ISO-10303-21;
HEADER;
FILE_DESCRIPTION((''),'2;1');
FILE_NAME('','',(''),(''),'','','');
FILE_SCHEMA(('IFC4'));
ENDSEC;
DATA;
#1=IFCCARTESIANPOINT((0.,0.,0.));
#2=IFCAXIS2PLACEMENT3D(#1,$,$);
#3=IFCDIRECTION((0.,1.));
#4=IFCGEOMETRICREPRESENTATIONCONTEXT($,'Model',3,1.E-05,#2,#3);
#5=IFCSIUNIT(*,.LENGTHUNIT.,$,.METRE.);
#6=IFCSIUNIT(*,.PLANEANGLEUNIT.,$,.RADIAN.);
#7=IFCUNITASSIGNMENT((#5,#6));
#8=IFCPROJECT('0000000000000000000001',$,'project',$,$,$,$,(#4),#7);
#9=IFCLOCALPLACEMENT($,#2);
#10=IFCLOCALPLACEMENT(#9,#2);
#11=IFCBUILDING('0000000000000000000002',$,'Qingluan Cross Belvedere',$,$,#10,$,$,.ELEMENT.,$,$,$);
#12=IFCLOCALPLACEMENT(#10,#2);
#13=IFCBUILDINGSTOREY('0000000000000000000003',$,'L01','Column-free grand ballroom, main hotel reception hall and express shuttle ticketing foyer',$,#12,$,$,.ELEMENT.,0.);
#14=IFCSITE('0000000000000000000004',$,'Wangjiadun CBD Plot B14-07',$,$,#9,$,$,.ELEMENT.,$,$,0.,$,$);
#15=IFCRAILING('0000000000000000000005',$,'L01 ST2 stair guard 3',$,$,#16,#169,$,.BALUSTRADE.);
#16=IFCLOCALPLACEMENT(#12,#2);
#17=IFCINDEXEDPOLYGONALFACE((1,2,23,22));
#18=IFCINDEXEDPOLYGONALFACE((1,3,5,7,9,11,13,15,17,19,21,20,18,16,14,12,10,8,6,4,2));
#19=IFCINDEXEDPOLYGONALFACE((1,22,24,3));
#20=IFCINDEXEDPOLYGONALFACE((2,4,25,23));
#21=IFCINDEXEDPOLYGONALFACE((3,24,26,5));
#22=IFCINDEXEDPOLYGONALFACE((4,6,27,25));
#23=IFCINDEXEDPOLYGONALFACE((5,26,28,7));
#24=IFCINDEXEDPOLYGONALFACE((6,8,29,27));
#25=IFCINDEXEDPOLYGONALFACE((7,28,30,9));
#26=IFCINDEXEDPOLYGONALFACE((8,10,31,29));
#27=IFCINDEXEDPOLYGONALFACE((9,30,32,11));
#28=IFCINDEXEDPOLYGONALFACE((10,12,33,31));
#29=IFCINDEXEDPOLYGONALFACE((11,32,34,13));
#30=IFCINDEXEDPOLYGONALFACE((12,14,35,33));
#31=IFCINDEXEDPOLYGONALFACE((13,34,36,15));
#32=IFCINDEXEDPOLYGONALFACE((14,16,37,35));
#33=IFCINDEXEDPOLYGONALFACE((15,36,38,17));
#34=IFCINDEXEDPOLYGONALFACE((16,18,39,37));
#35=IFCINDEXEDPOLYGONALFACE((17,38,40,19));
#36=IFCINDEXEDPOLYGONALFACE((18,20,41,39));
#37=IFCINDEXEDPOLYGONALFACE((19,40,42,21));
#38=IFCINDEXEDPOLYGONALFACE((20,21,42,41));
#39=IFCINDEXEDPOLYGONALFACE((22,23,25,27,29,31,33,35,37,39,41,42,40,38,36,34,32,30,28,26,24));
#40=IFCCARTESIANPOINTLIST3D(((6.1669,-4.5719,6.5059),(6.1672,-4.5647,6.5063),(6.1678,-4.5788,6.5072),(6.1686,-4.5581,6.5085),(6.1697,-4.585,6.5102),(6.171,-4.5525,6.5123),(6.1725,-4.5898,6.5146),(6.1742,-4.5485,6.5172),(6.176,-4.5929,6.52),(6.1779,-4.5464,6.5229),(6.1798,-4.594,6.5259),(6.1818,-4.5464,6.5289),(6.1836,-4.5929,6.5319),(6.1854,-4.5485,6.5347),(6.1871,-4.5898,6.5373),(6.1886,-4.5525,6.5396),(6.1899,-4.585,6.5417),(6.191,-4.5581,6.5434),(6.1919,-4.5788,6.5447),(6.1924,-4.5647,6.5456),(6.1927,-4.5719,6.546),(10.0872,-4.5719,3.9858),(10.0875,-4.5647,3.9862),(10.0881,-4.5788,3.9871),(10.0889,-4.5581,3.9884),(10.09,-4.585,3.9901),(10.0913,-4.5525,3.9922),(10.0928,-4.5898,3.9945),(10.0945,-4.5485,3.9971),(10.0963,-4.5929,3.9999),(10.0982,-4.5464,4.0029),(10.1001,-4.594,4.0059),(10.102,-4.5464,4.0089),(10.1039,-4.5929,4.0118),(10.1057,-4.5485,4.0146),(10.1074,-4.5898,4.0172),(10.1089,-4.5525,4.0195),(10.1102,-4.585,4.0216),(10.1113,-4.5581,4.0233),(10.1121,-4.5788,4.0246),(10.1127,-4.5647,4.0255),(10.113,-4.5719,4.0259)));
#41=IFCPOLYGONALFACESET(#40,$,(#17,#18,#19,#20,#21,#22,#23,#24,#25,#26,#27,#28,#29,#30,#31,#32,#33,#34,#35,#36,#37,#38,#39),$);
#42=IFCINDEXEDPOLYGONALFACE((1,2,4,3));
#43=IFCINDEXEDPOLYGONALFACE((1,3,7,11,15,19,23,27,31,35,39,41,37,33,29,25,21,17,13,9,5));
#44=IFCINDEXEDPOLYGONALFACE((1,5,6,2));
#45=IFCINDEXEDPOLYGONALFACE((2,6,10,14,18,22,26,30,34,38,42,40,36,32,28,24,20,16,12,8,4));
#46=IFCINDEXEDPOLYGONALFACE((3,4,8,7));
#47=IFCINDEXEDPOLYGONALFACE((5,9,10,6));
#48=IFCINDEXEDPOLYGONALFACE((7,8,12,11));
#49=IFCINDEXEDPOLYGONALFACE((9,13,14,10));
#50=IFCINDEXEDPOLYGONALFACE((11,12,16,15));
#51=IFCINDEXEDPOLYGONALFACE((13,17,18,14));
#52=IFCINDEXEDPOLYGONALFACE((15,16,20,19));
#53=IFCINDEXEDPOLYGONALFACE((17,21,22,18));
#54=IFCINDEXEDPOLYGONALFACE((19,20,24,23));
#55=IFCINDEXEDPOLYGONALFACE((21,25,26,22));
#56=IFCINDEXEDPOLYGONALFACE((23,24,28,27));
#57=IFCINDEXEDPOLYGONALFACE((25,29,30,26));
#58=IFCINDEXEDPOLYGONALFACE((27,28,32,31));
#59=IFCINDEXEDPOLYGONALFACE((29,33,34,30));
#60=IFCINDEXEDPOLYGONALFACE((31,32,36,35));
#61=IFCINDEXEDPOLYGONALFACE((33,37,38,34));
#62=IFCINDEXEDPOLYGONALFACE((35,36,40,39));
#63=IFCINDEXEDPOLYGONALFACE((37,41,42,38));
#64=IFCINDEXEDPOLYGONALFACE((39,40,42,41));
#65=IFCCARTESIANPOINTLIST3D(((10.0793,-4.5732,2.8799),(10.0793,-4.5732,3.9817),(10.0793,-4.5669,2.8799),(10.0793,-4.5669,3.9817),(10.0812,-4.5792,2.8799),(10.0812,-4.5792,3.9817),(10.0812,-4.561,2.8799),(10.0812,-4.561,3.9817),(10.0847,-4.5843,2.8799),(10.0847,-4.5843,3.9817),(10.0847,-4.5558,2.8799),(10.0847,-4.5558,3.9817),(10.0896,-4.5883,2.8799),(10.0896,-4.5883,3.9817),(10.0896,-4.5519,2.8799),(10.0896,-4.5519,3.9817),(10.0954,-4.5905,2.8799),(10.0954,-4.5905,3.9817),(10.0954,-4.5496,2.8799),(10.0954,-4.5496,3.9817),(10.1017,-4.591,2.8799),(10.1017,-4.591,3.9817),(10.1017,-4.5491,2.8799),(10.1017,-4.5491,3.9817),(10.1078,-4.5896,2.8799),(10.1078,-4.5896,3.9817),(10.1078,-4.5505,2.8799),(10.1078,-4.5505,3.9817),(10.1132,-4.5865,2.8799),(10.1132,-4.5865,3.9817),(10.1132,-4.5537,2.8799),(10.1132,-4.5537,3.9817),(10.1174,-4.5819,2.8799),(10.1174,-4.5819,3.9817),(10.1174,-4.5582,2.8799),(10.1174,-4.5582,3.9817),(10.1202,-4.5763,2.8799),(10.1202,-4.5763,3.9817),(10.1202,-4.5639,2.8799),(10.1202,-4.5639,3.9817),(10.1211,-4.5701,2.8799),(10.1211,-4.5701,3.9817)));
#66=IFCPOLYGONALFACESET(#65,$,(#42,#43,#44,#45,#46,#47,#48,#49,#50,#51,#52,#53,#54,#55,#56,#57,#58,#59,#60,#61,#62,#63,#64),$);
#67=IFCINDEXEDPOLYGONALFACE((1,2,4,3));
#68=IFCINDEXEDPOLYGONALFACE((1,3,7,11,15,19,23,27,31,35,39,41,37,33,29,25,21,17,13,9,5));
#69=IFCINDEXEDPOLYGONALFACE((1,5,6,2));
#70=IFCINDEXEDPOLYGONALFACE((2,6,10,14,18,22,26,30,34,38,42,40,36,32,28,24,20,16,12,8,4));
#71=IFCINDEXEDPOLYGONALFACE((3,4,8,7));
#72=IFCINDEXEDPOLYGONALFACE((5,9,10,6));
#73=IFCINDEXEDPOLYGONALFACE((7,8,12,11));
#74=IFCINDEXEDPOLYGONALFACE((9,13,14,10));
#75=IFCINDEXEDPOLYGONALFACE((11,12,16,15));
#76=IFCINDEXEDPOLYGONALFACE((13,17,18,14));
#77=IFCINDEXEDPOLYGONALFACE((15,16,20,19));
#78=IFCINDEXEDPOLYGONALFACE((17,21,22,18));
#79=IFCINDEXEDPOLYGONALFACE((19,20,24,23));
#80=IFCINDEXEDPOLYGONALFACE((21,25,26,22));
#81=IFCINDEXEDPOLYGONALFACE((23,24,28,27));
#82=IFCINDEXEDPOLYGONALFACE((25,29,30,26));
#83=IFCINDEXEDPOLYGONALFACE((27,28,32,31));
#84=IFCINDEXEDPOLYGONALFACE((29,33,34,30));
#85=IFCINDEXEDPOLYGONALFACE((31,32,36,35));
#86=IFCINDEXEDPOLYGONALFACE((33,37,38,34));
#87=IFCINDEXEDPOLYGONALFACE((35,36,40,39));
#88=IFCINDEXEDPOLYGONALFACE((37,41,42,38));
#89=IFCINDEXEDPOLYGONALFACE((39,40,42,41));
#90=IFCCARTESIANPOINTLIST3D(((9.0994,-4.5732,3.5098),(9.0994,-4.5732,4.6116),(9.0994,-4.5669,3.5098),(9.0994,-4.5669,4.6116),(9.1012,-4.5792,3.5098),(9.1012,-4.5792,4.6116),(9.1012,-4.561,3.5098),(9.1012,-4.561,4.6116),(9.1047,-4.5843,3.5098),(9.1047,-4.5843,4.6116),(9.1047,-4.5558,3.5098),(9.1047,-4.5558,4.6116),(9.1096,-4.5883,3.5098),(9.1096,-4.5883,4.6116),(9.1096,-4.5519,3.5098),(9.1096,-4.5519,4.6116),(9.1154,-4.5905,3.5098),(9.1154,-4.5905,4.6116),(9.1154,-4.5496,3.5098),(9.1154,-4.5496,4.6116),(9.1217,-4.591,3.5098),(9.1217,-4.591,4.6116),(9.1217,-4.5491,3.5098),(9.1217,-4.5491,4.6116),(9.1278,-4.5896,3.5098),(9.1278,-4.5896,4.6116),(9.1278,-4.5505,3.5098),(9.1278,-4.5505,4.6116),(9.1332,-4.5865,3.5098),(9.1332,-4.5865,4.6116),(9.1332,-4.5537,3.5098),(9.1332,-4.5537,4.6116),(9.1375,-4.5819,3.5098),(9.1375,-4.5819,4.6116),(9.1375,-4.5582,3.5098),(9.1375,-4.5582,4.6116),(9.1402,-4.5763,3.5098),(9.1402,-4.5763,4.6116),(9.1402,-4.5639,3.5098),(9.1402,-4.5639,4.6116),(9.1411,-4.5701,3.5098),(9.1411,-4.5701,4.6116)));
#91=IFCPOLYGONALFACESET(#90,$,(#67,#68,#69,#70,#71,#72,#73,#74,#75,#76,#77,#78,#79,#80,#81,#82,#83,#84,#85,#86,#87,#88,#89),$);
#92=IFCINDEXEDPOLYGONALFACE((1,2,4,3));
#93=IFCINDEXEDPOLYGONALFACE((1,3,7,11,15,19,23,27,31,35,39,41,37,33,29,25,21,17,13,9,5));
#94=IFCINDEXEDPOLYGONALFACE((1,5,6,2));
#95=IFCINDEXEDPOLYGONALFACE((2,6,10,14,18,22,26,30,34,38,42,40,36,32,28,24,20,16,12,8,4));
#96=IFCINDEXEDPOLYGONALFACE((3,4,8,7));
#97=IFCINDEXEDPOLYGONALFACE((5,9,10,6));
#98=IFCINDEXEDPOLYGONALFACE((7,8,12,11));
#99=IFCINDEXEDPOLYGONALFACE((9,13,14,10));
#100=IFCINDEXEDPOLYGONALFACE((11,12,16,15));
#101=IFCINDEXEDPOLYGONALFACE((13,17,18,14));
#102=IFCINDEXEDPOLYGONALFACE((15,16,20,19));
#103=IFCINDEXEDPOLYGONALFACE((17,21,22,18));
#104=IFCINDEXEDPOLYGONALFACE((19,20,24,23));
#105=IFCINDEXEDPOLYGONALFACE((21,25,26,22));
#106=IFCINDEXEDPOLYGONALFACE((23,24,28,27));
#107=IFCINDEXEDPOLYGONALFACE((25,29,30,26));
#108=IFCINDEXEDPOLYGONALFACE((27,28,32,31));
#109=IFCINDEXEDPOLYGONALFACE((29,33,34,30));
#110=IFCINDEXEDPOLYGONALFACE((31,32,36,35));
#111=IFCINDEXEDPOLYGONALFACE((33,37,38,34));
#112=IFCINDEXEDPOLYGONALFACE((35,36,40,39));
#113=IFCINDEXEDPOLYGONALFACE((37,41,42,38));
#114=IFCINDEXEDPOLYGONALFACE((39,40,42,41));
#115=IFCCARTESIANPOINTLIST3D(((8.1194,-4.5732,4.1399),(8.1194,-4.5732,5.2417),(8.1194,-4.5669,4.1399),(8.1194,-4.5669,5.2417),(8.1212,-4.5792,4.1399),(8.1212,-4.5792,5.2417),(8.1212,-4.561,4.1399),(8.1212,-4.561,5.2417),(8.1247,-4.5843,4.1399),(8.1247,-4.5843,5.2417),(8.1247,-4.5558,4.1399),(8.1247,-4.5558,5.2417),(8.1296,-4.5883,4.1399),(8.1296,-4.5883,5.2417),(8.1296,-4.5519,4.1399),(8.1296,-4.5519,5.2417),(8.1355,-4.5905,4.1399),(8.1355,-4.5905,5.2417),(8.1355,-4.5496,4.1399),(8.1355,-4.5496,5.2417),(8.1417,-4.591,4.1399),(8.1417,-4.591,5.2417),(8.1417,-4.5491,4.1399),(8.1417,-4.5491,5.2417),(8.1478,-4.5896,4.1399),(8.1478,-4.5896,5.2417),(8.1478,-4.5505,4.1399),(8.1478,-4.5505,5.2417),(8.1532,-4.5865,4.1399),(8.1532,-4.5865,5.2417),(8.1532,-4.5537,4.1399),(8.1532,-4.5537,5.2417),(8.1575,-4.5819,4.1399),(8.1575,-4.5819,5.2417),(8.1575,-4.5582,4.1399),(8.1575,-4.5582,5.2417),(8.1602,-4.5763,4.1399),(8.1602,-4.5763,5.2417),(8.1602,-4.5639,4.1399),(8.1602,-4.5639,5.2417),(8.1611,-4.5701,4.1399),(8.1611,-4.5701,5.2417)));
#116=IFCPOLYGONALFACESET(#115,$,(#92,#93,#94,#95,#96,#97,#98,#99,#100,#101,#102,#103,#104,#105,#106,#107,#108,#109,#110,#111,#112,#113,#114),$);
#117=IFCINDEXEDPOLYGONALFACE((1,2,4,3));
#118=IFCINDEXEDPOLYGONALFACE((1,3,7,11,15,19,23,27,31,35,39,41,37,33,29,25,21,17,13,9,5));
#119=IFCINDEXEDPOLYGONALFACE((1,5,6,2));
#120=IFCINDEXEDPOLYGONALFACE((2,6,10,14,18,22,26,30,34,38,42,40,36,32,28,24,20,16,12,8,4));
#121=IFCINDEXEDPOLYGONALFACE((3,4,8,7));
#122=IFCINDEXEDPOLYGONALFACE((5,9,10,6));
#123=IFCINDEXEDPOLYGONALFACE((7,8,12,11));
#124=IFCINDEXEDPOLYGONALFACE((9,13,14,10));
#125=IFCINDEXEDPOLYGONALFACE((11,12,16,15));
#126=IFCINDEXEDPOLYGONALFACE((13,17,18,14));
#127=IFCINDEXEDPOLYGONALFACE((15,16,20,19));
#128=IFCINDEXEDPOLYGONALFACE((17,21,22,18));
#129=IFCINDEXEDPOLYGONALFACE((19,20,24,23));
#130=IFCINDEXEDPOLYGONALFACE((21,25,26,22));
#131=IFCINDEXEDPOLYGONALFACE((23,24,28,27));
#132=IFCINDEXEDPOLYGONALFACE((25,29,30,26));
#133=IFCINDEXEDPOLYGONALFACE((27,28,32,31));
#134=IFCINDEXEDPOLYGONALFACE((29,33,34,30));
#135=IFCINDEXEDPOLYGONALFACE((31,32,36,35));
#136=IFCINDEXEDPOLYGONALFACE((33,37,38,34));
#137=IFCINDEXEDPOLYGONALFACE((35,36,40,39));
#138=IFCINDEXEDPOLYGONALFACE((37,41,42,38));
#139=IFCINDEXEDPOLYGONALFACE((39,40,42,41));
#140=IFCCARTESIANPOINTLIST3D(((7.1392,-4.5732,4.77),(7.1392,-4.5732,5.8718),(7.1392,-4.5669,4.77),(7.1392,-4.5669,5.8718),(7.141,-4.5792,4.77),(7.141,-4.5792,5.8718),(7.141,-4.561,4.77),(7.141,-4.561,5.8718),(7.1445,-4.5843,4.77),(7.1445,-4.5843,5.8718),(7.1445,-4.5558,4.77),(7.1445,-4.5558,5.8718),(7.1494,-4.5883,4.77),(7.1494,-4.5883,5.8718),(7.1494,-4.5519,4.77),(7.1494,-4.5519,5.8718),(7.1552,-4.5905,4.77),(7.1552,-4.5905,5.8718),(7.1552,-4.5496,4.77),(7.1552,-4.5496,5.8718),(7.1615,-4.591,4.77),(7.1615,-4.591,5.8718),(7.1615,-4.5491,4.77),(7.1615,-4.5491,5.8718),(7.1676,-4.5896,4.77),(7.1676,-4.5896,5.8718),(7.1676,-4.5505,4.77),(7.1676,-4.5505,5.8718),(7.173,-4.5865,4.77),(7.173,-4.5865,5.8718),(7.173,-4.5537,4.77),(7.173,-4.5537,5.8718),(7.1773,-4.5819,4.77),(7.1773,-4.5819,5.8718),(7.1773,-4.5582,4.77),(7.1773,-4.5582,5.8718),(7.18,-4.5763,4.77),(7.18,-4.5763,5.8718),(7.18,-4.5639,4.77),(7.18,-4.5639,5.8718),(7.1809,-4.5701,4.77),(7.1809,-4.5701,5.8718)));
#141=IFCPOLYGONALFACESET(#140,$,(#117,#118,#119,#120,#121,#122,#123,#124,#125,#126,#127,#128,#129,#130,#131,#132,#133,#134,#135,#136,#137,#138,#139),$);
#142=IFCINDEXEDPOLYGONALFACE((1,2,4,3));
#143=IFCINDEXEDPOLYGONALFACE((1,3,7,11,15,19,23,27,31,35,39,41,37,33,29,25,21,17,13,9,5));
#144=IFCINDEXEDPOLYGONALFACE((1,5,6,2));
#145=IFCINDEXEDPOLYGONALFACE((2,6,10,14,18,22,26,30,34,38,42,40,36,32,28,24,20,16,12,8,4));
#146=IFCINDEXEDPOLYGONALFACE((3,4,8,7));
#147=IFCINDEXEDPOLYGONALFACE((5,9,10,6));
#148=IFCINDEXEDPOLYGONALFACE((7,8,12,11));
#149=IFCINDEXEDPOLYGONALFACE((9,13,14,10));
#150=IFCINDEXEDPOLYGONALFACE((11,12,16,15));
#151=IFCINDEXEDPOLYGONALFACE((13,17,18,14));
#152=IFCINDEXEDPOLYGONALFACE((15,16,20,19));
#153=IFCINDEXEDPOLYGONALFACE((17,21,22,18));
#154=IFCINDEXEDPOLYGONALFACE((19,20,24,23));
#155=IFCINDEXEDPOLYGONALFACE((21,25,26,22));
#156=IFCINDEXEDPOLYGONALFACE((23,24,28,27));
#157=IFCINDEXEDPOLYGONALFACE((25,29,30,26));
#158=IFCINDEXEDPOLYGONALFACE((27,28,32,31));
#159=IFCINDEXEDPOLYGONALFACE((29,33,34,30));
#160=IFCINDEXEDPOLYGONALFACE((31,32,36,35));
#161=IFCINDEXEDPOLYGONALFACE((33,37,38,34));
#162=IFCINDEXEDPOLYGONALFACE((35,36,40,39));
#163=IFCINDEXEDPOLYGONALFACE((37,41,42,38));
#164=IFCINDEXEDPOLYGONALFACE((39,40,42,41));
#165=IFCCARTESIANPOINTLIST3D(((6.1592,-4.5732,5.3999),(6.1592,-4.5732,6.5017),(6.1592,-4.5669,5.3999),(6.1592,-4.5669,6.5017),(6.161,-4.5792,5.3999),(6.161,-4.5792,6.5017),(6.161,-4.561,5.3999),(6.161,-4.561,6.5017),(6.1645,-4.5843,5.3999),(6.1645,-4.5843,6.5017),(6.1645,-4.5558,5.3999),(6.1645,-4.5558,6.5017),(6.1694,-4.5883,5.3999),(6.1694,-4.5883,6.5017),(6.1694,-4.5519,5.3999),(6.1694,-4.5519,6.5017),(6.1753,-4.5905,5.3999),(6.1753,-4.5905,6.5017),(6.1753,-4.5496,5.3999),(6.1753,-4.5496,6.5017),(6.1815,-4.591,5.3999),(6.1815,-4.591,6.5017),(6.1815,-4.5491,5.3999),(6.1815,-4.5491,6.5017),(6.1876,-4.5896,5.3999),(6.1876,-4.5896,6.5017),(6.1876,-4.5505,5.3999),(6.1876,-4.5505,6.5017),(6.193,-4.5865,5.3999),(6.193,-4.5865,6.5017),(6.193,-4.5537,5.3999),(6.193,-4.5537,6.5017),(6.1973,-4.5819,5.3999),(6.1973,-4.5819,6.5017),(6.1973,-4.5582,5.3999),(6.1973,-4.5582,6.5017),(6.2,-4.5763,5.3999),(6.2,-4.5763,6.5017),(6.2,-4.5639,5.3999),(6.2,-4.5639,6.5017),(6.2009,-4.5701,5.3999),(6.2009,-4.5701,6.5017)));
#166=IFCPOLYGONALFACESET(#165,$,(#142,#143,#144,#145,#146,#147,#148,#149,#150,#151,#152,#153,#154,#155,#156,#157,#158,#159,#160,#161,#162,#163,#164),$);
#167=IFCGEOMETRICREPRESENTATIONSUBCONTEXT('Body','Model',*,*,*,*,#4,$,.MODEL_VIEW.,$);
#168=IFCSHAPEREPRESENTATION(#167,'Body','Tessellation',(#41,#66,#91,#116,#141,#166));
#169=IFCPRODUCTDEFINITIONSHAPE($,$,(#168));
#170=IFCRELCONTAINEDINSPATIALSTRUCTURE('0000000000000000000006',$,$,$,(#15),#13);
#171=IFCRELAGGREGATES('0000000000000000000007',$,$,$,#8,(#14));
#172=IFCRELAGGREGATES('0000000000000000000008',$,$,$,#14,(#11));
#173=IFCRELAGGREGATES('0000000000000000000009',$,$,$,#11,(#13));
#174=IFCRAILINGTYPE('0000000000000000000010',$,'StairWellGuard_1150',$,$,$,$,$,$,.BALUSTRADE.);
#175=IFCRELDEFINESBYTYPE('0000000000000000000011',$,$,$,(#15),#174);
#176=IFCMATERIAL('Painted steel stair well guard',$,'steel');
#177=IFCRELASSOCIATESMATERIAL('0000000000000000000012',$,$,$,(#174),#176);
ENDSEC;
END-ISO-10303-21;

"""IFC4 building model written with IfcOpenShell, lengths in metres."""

from ifc_helpers import new_model, si_unit, direction, frame, origin, origin_2d, place, context, subcontext, project, spatial, circle, extrude, material, type_object, element, save


model = new_model("IFC4")

# Units and contexts
model_context = context("Model", 3, precision=1e-05, world=origin(), true_north=direction((0.0, 1.0)))
body_context = subcontext(model_context, "Body", "Model", "MODEL_VIEW")
ifc_project = project(units=[si_unit("LENGTHUNIT", "METRE"), si_unit("PLANEANGLEUNIT", "RADIAN")], contexts=[model_context])

# Site, building, storey
site_placement = place(None, origin())
site = spatial("IfcSite", under=ifc_project, at=site_placement, Name="Wangjiadun CBD Plot B14-07", CompositionType="ELEMENT", RefElevation=0.0)
building_placement = place(site_placement, origin())
building = spatial("IfcBuilding", under=site, at=building_placement, Name="Qingluan Cross Belvedere", CompositionType="ELEMENT")
storey_placement = place(building_placement, origin())
storey = spatial("IfcBuildingStorey", under=building, at=storey_placement, Name="L01", Description="Column-free grand ballroom, main hotel reception hall and express shuttle ticketing foyer", CompositionType="ELEMENT", Elevation=0.0)

# Railing
ifc_material_1 = material(Name="Painted steel stair well guard", Category="steel")
railing_type_1 = type_object("IfcRailingType", Name="StairWellGuard_1150", PredefinedType="BALUSTRADE", material=ifc_material_1)
railing_1_placement = place(storey_placement, frame((10.1001, -4.5701, 2.8799)))
element("IfcRailing", 1, at=railing_1_placement, inside=storey, type_object=railing_type_1, Name="L01 ST2 stair guard 3", PredefinedType="BALUSTRADE", context=body_context, shape_type="SweptSolid", body=[
    extrude(circle(Radius=0.0239, at=origin_2d()), frame((0.0, 0.0, 1.126), z_axis=(-0.841187, 0.0, 0.540744), x_axis=(0.0, -1.0, 0.0)), (0.0, 0.0, 1.0), 4.6604),
    extrude(circle(Radius=0.021, at=origin_2d()), origin(), (0.0, 0.0, 1.0), 1.1018),
    extrude(circle(Radius=0.021, at=origin_2d()), frame((-0.98, 0.0, 0.6299)), (0.0, 0.0, 1.0), 1.1018),
    extrude(circle(Radius=0.021, at=origin_2d()), frame((-1.96, 0.0, 1.26)), (0.0, 0.0, 1.0), 1.1018),
    extrude(circle(Radius=0.021, at=origin_2d()), frame((-2.9402, 0.0, 1.8901)), (0.0, 0.0, 1.0), 1.1018),
    extrude(circle(Radius=0.021, at=origin_2d()), frame((-3.9202, 0.0, 2.52)), (0.0, 0.0, 1.0), 1.1018),
])

save(model, "model.ifc")
